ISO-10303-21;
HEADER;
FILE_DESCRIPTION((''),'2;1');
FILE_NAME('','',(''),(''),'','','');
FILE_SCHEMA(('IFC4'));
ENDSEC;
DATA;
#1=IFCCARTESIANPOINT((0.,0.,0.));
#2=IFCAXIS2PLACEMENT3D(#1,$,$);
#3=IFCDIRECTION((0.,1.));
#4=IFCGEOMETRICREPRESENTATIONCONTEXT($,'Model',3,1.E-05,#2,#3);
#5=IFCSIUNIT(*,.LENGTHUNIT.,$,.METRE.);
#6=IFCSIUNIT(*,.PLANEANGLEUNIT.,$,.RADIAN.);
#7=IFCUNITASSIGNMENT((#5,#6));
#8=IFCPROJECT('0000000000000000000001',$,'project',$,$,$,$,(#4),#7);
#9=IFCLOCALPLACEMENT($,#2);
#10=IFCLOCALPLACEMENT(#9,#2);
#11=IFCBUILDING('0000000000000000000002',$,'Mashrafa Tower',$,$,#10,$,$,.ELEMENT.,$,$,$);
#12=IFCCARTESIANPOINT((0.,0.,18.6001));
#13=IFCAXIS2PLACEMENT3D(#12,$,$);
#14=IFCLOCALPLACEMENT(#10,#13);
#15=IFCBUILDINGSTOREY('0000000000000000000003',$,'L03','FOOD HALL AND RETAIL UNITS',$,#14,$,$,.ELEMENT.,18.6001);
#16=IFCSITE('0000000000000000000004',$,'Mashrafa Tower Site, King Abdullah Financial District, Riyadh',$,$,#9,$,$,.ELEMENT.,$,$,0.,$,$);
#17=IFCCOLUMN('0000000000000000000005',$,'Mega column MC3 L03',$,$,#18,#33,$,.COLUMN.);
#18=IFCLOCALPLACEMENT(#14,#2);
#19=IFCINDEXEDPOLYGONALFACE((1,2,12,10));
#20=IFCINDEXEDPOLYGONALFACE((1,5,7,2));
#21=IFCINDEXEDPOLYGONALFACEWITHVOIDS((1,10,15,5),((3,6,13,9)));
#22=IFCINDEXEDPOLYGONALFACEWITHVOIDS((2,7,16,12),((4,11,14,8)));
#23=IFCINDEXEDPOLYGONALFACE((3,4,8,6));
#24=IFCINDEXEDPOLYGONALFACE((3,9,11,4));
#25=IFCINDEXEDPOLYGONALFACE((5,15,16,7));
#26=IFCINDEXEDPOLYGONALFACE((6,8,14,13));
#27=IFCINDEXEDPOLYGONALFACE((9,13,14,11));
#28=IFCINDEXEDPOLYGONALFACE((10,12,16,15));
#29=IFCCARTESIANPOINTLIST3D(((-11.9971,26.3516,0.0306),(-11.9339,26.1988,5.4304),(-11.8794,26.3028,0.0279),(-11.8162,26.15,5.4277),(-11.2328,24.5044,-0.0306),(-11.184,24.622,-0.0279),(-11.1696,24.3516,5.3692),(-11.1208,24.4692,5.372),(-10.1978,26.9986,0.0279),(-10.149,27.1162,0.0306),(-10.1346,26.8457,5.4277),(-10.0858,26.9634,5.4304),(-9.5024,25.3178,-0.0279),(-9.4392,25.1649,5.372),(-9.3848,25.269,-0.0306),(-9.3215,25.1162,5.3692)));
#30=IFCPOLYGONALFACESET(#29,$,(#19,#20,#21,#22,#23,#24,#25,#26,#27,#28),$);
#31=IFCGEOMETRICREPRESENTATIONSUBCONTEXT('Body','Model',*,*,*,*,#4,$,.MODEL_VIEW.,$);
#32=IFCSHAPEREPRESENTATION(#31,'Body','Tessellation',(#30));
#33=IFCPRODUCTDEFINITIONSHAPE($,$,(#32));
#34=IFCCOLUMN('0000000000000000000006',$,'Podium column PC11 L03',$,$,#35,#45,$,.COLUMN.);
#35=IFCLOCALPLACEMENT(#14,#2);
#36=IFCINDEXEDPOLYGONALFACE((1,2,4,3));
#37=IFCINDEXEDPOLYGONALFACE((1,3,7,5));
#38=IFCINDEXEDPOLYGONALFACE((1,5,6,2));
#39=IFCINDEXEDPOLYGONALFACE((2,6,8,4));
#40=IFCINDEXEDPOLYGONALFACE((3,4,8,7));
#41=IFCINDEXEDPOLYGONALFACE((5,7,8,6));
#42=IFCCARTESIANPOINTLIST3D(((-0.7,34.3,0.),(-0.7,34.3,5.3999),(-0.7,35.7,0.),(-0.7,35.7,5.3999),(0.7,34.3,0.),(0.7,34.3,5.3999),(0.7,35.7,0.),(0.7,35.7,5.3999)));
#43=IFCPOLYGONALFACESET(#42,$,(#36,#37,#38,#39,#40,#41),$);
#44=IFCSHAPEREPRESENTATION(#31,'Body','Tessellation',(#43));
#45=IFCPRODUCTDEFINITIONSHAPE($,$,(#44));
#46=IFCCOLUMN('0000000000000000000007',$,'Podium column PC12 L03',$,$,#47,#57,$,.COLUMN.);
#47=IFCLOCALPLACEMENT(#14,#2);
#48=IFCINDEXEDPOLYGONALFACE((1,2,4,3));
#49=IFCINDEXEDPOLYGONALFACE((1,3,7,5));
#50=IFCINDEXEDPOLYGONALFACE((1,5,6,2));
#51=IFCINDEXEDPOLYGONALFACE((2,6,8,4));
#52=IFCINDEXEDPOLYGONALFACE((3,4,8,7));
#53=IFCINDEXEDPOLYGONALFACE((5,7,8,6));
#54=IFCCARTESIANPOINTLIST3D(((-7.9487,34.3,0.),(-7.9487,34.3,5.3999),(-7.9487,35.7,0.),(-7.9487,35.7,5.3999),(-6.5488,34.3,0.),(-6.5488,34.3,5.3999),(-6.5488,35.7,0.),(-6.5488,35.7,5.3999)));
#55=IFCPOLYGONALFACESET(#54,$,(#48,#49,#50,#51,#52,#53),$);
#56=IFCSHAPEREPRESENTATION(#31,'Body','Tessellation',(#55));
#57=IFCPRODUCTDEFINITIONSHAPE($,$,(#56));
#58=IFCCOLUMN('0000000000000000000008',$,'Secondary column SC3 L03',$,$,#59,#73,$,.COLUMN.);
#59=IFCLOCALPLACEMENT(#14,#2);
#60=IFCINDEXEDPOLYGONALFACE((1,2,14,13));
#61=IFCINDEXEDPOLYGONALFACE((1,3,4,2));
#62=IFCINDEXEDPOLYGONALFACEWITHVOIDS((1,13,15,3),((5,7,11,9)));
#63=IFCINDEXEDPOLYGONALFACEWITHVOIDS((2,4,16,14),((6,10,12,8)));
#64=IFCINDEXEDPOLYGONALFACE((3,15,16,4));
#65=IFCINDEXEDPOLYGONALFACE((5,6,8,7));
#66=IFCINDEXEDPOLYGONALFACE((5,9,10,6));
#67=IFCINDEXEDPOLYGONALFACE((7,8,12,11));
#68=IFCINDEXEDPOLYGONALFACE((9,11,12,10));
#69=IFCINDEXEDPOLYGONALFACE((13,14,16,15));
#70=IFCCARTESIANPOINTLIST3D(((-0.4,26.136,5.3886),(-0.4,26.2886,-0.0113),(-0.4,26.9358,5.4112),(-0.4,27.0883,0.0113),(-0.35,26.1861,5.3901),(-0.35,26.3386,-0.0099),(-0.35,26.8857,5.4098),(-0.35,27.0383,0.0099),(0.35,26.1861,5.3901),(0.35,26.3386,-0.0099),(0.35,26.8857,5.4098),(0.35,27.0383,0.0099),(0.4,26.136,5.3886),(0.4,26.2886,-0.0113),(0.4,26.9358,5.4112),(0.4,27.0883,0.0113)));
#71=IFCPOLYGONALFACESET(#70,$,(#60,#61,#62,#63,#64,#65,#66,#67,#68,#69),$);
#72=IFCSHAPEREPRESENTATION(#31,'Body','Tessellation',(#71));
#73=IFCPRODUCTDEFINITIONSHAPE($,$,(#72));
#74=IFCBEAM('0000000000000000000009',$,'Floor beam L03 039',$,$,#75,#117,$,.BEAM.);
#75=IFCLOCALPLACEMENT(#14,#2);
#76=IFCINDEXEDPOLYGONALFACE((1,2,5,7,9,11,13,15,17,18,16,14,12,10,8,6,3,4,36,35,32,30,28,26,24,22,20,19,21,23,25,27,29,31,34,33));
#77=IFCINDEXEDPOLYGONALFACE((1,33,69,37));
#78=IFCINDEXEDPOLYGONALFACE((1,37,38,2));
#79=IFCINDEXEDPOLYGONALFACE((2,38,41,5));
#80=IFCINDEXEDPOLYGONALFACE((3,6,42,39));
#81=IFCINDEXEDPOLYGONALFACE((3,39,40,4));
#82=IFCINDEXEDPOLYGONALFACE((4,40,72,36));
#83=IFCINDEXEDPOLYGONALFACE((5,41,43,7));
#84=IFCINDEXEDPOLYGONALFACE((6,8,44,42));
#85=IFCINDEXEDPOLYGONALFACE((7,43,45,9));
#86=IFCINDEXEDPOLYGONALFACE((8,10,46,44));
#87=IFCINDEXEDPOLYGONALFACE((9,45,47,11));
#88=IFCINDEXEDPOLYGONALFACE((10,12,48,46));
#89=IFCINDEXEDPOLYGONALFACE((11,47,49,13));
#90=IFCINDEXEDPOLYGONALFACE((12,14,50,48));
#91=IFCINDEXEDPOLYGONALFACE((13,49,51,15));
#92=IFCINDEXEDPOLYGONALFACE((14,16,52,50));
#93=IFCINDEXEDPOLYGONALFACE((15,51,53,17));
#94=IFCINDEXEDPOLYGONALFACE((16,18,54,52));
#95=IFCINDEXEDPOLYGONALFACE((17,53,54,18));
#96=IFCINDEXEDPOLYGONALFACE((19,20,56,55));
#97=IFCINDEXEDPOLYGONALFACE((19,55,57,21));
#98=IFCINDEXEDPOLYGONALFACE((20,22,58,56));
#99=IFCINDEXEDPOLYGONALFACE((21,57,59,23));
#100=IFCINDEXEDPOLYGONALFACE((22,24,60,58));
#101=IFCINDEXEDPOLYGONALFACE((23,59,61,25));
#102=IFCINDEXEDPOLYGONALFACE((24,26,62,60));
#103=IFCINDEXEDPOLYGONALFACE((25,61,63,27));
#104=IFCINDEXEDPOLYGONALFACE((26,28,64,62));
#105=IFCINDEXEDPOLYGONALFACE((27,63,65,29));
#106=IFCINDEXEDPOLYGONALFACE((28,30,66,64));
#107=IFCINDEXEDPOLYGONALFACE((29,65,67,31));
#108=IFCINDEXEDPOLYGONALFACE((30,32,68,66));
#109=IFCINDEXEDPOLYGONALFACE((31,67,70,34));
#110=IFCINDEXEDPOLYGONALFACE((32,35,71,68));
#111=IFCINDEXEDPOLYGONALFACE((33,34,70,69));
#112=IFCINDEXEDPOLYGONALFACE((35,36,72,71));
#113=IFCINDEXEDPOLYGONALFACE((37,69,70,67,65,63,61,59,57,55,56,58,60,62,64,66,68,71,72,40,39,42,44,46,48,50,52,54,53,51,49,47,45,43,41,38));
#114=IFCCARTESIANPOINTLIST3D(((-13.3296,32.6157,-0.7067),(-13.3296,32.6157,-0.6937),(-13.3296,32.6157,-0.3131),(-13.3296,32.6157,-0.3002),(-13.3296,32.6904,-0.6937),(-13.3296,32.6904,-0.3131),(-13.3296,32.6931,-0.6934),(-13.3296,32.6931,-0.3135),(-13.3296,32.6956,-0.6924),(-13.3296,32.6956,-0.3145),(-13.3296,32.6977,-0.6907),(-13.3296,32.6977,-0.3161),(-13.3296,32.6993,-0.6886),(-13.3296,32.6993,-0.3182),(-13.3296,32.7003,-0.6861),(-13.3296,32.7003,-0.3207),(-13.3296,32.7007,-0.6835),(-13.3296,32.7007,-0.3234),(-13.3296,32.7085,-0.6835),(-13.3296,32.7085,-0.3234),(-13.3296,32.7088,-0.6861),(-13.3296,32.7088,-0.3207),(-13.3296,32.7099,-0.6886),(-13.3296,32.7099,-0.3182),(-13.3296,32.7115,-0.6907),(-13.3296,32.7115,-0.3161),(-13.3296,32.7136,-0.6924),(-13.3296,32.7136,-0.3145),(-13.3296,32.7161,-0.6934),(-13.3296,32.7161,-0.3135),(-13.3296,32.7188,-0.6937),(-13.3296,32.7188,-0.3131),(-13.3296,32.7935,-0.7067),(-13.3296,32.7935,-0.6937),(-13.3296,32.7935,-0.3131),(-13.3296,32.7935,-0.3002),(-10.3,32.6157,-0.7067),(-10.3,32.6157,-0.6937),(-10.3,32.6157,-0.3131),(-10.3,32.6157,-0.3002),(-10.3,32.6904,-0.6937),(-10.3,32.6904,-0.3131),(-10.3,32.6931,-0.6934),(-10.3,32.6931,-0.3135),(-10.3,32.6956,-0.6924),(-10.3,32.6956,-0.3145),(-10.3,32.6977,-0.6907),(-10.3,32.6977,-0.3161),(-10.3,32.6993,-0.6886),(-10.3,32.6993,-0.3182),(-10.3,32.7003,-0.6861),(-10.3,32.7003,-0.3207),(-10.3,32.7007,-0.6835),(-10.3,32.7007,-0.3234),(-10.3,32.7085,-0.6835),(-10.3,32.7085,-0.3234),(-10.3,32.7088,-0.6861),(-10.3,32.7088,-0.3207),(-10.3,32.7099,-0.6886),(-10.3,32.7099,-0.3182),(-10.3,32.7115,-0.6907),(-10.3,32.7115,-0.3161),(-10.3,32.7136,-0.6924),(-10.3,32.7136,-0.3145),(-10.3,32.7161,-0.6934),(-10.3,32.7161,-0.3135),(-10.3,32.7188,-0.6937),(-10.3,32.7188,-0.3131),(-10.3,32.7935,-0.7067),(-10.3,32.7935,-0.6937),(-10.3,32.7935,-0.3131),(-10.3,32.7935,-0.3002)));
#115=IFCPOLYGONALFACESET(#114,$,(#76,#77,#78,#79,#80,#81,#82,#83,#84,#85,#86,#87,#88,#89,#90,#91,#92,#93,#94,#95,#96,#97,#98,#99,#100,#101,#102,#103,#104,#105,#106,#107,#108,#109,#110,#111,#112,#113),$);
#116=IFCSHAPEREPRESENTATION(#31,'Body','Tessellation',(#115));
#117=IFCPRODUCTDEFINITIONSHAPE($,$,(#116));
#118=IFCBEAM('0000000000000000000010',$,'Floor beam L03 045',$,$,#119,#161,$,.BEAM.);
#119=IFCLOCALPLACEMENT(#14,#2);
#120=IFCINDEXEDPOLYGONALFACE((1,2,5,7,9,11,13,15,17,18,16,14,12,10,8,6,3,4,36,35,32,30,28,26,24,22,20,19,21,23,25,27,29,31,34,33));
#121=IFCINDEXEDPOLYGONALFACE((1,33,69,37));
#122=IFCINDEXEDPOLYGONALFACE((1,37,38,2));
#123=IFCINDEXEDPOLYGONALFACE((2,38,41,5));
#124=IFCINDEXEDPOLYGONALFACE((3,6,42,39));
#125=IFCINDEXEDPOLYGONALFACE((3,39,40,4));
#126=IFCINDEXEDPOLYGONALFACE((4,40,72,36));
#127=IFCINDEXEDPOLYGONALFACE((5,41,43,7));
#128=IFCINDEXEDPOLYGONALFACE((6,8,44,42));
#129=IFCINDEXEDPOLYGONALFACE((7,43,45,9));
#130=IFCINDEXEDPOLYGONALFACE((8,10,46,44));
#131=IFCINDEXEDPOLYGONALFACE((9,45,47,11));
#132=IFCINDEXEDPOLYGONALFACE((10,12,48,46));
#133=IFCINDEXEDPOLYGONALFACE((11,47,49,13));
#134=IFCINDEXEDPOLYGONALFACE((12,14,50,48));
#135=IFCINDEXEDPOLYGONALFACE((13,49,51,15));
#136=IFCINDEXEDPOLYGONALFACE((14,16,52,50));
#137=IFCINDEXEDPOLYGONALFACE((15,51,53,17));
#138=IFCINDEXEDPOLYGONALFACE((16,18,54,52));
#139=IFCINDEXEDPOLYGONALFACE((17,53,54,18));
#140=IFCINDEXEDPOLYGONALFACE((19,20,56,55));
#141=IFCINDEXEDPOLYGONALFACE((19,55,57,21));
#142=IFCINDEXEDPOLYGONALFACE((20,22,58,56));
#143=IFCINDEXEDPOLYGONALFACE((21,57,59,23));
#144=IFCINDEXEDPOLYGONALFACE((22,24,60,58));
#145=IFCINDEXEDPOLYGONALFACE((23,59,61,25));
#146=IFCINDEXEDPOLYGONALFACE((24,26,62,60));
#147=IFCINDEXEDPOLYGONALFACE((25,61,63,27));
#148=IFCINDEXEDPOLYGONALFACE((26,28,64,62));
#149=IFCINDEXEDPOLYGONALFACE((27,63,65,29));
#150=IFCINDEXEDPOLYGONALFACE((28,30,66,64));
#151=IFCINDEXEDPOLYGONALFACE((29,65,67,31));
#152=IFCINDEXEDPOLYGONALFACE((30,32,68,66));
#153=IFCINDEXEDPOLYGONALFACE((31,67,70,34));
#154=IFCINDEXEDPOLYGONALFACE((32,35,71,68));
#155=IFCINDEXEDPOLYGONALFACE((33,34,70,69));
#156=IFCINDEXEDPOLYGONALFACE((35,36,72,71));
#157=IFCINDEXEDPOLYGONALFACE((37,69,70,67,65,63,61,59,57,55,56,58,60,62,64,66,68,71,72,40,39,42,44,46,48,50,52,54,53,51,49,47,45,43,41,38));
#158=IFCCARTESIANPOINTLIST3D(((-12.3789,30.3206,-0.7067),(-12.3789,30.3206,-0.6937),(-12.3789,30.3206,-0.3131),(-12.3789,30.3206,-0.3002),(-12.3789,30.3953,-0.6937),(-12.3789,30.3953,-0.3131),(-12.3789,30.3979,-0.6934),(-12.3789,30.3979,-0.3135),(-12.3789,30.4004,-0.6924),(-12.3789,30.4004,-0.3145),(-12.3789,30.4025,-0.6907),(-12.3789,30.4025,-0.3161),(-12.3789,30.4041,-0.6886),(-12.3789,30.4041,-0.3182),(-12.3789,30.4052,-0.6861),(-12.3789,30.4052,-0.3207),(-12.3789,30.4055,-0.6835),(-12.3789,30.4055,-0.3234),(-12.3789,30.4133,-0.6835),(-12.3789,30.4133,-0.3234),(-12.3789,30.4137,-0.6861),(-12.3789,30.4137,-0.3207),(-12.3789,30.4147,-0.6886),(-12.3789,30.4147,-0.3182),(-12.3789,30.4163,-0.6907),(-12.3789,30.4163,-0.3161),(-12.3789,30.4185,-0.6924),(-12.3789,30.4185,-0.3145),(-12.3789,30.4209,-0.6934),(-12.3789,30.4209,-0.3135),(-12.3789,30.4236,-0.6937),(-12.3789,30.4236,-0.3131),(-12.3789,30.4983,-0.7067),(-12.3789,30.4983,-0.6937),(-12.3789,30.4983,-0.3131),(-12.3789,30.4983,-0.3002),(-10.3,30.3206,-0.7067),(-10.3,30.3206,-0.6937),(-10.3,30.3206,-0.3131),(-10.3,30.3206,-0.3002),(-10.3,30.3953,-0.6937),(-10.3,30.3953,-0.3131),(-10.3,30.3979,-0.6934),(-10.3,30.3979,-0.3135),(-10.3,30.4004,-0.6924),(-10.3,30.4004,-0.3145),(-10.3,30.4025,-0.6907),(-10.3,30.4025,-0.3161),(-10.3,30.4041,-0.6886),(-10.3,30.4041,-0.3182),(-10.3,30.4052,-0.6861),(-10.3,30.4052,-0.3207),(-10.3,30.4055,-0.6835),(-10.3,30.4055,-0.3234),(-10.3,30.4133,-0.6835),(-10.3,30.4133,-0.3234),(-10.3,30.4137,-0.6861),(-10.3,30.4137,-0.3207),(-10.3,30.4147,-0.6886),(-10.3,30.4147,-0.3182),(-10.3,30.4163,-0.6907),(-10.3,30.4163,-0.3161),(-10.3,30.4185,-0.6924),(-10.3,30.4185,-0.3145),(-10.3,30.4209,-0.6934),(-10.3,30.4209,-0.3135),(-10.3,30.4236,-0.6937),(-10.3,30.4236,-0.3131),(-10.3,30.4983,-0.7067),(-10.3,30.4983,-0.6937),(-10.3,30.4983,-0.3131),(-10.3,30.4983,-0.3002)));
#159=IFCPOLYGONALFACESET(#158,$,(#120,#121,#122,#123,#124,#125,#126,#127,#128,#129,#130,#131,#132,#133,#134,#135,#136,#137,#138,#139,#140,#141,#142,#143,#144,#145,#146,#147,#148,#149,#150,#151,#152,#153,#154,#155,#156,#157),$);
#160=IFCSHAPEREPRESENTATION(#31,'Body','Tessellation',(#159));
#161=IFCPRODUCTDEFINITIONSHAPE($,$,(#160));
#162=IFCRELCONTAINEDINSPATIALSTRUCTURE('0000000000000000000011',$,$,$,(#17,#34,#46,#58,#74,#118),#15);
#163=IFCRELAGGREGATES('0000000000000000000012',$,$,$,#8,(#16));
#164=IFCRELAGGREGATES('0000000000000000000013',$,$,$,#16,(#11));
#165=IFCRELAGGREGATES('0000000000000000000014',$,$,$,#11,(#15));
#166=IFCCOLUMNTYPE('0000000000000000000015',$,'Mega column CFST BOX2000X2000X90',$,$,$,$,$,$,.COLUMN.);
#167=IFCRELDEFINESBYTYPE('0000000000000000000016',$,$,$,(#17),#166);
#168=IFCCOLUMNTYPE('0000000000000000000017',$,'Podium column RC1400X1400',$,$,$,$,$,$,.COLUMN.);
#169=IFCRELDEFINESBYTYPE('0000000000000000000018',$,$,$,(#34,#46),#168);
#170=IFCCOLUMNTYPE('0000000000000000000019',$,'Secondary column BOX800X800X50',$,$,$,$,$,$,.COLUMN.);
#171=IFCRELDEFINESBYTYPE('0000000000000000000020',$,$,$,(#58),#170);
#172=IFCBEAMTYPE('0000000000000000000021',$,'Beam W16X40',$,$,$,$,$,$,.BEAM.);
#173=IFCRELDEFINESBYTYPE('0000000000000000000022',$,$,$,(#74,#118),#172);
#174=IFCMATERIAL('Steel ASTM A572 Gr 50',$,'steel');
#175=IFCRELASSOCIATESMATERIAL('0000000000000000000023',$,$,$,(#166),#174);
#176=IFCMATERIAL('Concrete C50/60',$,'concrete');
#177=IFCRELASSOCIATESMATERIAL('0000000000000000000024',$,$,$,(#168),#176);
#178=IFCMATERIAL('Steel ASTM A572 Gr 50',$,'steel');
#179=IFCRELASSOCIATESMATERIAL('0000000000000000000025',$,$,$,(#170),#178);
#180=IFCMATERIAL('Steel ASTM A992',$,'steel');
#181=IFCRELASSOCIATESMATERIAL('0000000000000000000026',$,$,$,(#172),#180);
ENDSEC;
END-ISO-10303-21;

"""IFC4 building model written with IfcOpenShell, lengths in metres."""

from ifc_helpers import new_model, si_unit, direction, frame, origin, origin_2d, place, context, subcontext, project, spatial, rectangle, hollow_rectangle, i_section, extrude, material, material_profile, profile_set, type_object, element, save


model = new_model("IFC4")

# Units and contexts
model_context = context("Model", 3, precision=1e-05, world=origin(), true_north=direction((0.0, 1.0)))
body_context = subcontext(model_context, "Body", "Model", "MODEL_VIEW")
ifc_project = project(units=[si_unit("LENGTHUNIT", "METRE"), si_unit("PLANEANGLEUNIT", "RADIAN")], contexts=[model_context])

# Site, building, storey
site_placement = place(None, origin())
site = spatial("IfcSite", under=ifc_project, at=site_placement, Name="Mashrafa Tower Site, King Abdullah Financial District, Riyadh", CompositionType="ELEMENT", RefElevation=0.0)
building_placement = place(site_placement, origin())
building = spatial("IfcBuilding", under=site, at=building_placement, Name="Mashrafa Tower", CompositionType="ELEMENT")
storey_placement = place(building_placement, frame((0.0, 0.0, 18.6001)))
storey = spatial("IfcBuildingStorey", under=building, at=storey_placement, Name="L03", Description="FOOD HALL AND RETAIL UNITS", CompositionType="ELEMENT", Elevation=18.6001)

# Columns
ifc_material_1 = material(Name="Steel ASTM A572 Gr 50", Category="steel")
ifc_material_profile_1 = material_profile(ifc_material_1, hollow_rectangle(XDim=2.0, YDim=2.0, WallThickness=0.0901, at=origin_2d()), Name="BOX2000X2000X90")
ifc_profile_set_1 = profile_set([ifc_material_profile_1], Name="Steel ASTM A572 Gr 50")
column_type_1 = type_object("IfcColumnType", Name="Mega column CFST BOX2000X2000X90", PredefinedType="COLUMN", material=ifc_profile_set_1)
column_1_placement = place(storey_placement, frame((-10.6909, 25.8103, 0.0), z_axis=(0.011704, -0.028289, 0.999531), x_axis=(0.924035, 0.382308, 0.0)))
element("IfcColumn", 1, at=column_1_placement, inside=storey, type_object=column_type_1, Name="Mega column MC3 L03", PredefinedType="COLUMN", context=body_context, shape_type="SweptSolid", body=[
    extrude(hollow_rectangle(XDim=2.0, YDim=2.0, WallThickness=0.0901, at=origin_2d()), origin(), (0.0, 0.0, 1.0), 5.4023),
])
ifc_material_2 = material(Name="Concrete C50/60", Category="concrete")
ifc_material_profile_2 = material_profile(ifc_material_2, rectangle(XDim=1.3999, YDim=1.3999, at=origin_2d()), Name="RC1400X1400")
ifc_profile_set_2 = profile_set([ifc_material_profile_2], Name="Concrete C50/60")
column_type_2 = type_object("IfcColumnType", Name="Podium column RC1400X1400", PredefinedType="COLUMN", material=ifc_profile_set_2)
for number, where, z_axis, x_axis, name in (
    (2, (0.0, 35.0, 0.0), (0.0, 0.0, 1.0), (1.0, 0.0, 0.0), "Podium column PC11 L03"),
    (3, (-7.2488, 35.0, 0.0), (0.0, 0.0, 1.0), (1.0, 0.0, 0.0), "Podium column PC12 L03"),
):
    element("IfcColumn", number, at=place(storey_placement, frame(where, z_axis=z_axis, x_axis=x_axis)), inside=storey, type_object=column_type_2, Name=name, PredefinedType="COLUMN", context=body_context, shape_type="SweptSolid", body=[
        extrude(rectangle(XDim=1.3999, YDim=1.3999, at=origin_2d()), origin(), (0.0, 0.0, 1.0), 5.3999),
    ])
ifc_material_3 = material(Name="Steel ASTM A572 Gr 50", Category="steel")
ifc_material_profile_3 = material_profile(ifc_material_3, hollow_rectangle(XDim=0.8, YDim=0.8, WallThickness=0.05, at=origin_2d()), Name="BOX800X800X50")
ifc_profile_set_3 = profile_set([ifc_material_profile_3], Name="Steel ASTM A572 Gr 50")
column_type_3 = type_object("IfcColumnType", Name="Secondary column BOX800X800X50", PredefinedType="COLUMN", material=ifc_profile_set_3)
column_2_placement = place(storey_placement, frame((0.0, 26.6885, 0.0), z_axis=(0.0, -0.028246, 0.999601), x_axis=(1.0, 0.0, 0.0)))
element("IfcColumn", 4, at=column_2_placement, inside=storey, type_object=column_type_3, Name="Secondary column SC3 L03", PredefinedType="COLUMN", context=body_context, shape_type="SweptSolid", body=[
    extrude(hollow_rectangle(XDim=0.8, YDim=0.8, WallThickness=0.05, at=origin_2d()), origin(), (0.0, 0.0, 1.0), 5.4021),
])

# Beams
ifc_material_4 = material(Name="Steel ASTM A992", Category="steel")
ifc_material_profile_4 = material_profile(ifc_material_4, i_section(OverallWidth=0.1777, OverallDepth=0.4065, WebThickness=0.0078, FlangeThickness=0.0129, FilletRadius=0.0103, at=origin_2d()), Name="W16X40")
ifc_profile_set_4 = profile_set([ifc_material_profile_4], Name="Steel ASTM A992")
beam_type_1 = type_object("IfcBeamType", Name="Beam W16X40", PredefinedType="BEAM", material=ifc_profile_set_4)
beam_1_placement = place(storey_placement, frame((-13.3296, 32.7046, -0.5034), z_axis=(1.0, 0.0, 0.0), x_axis=(0.0, 1.0, 0.0)))
element("IfcBeam", 5, at=beam_1_placement, inside=storey, type_object=beam_type_1, Name="Floor beam L03 039", PredefinedType="BEAM", context=body_context, shape_type="SweptSolid", body=[
    extrude(i_section(OverallWidth=0.1777, OverallDepth=0.4065, WebThickness=0.0078, FlangeThickness=0.0129, FilletRadius=0.0103, at=origin_2d()), origin(), (0.0, 0.0, 1.0), 3.0295),
])
beam_2_placement = place(storey_placement, frame((-12.3789, 30.4094, -0.5034), z_axis=(1.0, 0.0, 0.0), x_axis=(0.0, 1.0, 0.0)))
element("IfcBeam", 6, at=beam_2_placement, inside=storey, type_object=beam_type_1, Name="Floor beam L03 045", PredefinedType="BEAM", context=body_context, shape_type="SweptSolid", body=[
    extrude(i_section(OverallWidth=0.1777, OverallDepth=0.4065, WebThickness=0.0078, FlangeThickness=0.0129, FilletRadius=0.0103, at=origin_2d()), origin(), (0.0, 0.0, 1.0), 2.0789),
])

save(model, "model.ifc")
